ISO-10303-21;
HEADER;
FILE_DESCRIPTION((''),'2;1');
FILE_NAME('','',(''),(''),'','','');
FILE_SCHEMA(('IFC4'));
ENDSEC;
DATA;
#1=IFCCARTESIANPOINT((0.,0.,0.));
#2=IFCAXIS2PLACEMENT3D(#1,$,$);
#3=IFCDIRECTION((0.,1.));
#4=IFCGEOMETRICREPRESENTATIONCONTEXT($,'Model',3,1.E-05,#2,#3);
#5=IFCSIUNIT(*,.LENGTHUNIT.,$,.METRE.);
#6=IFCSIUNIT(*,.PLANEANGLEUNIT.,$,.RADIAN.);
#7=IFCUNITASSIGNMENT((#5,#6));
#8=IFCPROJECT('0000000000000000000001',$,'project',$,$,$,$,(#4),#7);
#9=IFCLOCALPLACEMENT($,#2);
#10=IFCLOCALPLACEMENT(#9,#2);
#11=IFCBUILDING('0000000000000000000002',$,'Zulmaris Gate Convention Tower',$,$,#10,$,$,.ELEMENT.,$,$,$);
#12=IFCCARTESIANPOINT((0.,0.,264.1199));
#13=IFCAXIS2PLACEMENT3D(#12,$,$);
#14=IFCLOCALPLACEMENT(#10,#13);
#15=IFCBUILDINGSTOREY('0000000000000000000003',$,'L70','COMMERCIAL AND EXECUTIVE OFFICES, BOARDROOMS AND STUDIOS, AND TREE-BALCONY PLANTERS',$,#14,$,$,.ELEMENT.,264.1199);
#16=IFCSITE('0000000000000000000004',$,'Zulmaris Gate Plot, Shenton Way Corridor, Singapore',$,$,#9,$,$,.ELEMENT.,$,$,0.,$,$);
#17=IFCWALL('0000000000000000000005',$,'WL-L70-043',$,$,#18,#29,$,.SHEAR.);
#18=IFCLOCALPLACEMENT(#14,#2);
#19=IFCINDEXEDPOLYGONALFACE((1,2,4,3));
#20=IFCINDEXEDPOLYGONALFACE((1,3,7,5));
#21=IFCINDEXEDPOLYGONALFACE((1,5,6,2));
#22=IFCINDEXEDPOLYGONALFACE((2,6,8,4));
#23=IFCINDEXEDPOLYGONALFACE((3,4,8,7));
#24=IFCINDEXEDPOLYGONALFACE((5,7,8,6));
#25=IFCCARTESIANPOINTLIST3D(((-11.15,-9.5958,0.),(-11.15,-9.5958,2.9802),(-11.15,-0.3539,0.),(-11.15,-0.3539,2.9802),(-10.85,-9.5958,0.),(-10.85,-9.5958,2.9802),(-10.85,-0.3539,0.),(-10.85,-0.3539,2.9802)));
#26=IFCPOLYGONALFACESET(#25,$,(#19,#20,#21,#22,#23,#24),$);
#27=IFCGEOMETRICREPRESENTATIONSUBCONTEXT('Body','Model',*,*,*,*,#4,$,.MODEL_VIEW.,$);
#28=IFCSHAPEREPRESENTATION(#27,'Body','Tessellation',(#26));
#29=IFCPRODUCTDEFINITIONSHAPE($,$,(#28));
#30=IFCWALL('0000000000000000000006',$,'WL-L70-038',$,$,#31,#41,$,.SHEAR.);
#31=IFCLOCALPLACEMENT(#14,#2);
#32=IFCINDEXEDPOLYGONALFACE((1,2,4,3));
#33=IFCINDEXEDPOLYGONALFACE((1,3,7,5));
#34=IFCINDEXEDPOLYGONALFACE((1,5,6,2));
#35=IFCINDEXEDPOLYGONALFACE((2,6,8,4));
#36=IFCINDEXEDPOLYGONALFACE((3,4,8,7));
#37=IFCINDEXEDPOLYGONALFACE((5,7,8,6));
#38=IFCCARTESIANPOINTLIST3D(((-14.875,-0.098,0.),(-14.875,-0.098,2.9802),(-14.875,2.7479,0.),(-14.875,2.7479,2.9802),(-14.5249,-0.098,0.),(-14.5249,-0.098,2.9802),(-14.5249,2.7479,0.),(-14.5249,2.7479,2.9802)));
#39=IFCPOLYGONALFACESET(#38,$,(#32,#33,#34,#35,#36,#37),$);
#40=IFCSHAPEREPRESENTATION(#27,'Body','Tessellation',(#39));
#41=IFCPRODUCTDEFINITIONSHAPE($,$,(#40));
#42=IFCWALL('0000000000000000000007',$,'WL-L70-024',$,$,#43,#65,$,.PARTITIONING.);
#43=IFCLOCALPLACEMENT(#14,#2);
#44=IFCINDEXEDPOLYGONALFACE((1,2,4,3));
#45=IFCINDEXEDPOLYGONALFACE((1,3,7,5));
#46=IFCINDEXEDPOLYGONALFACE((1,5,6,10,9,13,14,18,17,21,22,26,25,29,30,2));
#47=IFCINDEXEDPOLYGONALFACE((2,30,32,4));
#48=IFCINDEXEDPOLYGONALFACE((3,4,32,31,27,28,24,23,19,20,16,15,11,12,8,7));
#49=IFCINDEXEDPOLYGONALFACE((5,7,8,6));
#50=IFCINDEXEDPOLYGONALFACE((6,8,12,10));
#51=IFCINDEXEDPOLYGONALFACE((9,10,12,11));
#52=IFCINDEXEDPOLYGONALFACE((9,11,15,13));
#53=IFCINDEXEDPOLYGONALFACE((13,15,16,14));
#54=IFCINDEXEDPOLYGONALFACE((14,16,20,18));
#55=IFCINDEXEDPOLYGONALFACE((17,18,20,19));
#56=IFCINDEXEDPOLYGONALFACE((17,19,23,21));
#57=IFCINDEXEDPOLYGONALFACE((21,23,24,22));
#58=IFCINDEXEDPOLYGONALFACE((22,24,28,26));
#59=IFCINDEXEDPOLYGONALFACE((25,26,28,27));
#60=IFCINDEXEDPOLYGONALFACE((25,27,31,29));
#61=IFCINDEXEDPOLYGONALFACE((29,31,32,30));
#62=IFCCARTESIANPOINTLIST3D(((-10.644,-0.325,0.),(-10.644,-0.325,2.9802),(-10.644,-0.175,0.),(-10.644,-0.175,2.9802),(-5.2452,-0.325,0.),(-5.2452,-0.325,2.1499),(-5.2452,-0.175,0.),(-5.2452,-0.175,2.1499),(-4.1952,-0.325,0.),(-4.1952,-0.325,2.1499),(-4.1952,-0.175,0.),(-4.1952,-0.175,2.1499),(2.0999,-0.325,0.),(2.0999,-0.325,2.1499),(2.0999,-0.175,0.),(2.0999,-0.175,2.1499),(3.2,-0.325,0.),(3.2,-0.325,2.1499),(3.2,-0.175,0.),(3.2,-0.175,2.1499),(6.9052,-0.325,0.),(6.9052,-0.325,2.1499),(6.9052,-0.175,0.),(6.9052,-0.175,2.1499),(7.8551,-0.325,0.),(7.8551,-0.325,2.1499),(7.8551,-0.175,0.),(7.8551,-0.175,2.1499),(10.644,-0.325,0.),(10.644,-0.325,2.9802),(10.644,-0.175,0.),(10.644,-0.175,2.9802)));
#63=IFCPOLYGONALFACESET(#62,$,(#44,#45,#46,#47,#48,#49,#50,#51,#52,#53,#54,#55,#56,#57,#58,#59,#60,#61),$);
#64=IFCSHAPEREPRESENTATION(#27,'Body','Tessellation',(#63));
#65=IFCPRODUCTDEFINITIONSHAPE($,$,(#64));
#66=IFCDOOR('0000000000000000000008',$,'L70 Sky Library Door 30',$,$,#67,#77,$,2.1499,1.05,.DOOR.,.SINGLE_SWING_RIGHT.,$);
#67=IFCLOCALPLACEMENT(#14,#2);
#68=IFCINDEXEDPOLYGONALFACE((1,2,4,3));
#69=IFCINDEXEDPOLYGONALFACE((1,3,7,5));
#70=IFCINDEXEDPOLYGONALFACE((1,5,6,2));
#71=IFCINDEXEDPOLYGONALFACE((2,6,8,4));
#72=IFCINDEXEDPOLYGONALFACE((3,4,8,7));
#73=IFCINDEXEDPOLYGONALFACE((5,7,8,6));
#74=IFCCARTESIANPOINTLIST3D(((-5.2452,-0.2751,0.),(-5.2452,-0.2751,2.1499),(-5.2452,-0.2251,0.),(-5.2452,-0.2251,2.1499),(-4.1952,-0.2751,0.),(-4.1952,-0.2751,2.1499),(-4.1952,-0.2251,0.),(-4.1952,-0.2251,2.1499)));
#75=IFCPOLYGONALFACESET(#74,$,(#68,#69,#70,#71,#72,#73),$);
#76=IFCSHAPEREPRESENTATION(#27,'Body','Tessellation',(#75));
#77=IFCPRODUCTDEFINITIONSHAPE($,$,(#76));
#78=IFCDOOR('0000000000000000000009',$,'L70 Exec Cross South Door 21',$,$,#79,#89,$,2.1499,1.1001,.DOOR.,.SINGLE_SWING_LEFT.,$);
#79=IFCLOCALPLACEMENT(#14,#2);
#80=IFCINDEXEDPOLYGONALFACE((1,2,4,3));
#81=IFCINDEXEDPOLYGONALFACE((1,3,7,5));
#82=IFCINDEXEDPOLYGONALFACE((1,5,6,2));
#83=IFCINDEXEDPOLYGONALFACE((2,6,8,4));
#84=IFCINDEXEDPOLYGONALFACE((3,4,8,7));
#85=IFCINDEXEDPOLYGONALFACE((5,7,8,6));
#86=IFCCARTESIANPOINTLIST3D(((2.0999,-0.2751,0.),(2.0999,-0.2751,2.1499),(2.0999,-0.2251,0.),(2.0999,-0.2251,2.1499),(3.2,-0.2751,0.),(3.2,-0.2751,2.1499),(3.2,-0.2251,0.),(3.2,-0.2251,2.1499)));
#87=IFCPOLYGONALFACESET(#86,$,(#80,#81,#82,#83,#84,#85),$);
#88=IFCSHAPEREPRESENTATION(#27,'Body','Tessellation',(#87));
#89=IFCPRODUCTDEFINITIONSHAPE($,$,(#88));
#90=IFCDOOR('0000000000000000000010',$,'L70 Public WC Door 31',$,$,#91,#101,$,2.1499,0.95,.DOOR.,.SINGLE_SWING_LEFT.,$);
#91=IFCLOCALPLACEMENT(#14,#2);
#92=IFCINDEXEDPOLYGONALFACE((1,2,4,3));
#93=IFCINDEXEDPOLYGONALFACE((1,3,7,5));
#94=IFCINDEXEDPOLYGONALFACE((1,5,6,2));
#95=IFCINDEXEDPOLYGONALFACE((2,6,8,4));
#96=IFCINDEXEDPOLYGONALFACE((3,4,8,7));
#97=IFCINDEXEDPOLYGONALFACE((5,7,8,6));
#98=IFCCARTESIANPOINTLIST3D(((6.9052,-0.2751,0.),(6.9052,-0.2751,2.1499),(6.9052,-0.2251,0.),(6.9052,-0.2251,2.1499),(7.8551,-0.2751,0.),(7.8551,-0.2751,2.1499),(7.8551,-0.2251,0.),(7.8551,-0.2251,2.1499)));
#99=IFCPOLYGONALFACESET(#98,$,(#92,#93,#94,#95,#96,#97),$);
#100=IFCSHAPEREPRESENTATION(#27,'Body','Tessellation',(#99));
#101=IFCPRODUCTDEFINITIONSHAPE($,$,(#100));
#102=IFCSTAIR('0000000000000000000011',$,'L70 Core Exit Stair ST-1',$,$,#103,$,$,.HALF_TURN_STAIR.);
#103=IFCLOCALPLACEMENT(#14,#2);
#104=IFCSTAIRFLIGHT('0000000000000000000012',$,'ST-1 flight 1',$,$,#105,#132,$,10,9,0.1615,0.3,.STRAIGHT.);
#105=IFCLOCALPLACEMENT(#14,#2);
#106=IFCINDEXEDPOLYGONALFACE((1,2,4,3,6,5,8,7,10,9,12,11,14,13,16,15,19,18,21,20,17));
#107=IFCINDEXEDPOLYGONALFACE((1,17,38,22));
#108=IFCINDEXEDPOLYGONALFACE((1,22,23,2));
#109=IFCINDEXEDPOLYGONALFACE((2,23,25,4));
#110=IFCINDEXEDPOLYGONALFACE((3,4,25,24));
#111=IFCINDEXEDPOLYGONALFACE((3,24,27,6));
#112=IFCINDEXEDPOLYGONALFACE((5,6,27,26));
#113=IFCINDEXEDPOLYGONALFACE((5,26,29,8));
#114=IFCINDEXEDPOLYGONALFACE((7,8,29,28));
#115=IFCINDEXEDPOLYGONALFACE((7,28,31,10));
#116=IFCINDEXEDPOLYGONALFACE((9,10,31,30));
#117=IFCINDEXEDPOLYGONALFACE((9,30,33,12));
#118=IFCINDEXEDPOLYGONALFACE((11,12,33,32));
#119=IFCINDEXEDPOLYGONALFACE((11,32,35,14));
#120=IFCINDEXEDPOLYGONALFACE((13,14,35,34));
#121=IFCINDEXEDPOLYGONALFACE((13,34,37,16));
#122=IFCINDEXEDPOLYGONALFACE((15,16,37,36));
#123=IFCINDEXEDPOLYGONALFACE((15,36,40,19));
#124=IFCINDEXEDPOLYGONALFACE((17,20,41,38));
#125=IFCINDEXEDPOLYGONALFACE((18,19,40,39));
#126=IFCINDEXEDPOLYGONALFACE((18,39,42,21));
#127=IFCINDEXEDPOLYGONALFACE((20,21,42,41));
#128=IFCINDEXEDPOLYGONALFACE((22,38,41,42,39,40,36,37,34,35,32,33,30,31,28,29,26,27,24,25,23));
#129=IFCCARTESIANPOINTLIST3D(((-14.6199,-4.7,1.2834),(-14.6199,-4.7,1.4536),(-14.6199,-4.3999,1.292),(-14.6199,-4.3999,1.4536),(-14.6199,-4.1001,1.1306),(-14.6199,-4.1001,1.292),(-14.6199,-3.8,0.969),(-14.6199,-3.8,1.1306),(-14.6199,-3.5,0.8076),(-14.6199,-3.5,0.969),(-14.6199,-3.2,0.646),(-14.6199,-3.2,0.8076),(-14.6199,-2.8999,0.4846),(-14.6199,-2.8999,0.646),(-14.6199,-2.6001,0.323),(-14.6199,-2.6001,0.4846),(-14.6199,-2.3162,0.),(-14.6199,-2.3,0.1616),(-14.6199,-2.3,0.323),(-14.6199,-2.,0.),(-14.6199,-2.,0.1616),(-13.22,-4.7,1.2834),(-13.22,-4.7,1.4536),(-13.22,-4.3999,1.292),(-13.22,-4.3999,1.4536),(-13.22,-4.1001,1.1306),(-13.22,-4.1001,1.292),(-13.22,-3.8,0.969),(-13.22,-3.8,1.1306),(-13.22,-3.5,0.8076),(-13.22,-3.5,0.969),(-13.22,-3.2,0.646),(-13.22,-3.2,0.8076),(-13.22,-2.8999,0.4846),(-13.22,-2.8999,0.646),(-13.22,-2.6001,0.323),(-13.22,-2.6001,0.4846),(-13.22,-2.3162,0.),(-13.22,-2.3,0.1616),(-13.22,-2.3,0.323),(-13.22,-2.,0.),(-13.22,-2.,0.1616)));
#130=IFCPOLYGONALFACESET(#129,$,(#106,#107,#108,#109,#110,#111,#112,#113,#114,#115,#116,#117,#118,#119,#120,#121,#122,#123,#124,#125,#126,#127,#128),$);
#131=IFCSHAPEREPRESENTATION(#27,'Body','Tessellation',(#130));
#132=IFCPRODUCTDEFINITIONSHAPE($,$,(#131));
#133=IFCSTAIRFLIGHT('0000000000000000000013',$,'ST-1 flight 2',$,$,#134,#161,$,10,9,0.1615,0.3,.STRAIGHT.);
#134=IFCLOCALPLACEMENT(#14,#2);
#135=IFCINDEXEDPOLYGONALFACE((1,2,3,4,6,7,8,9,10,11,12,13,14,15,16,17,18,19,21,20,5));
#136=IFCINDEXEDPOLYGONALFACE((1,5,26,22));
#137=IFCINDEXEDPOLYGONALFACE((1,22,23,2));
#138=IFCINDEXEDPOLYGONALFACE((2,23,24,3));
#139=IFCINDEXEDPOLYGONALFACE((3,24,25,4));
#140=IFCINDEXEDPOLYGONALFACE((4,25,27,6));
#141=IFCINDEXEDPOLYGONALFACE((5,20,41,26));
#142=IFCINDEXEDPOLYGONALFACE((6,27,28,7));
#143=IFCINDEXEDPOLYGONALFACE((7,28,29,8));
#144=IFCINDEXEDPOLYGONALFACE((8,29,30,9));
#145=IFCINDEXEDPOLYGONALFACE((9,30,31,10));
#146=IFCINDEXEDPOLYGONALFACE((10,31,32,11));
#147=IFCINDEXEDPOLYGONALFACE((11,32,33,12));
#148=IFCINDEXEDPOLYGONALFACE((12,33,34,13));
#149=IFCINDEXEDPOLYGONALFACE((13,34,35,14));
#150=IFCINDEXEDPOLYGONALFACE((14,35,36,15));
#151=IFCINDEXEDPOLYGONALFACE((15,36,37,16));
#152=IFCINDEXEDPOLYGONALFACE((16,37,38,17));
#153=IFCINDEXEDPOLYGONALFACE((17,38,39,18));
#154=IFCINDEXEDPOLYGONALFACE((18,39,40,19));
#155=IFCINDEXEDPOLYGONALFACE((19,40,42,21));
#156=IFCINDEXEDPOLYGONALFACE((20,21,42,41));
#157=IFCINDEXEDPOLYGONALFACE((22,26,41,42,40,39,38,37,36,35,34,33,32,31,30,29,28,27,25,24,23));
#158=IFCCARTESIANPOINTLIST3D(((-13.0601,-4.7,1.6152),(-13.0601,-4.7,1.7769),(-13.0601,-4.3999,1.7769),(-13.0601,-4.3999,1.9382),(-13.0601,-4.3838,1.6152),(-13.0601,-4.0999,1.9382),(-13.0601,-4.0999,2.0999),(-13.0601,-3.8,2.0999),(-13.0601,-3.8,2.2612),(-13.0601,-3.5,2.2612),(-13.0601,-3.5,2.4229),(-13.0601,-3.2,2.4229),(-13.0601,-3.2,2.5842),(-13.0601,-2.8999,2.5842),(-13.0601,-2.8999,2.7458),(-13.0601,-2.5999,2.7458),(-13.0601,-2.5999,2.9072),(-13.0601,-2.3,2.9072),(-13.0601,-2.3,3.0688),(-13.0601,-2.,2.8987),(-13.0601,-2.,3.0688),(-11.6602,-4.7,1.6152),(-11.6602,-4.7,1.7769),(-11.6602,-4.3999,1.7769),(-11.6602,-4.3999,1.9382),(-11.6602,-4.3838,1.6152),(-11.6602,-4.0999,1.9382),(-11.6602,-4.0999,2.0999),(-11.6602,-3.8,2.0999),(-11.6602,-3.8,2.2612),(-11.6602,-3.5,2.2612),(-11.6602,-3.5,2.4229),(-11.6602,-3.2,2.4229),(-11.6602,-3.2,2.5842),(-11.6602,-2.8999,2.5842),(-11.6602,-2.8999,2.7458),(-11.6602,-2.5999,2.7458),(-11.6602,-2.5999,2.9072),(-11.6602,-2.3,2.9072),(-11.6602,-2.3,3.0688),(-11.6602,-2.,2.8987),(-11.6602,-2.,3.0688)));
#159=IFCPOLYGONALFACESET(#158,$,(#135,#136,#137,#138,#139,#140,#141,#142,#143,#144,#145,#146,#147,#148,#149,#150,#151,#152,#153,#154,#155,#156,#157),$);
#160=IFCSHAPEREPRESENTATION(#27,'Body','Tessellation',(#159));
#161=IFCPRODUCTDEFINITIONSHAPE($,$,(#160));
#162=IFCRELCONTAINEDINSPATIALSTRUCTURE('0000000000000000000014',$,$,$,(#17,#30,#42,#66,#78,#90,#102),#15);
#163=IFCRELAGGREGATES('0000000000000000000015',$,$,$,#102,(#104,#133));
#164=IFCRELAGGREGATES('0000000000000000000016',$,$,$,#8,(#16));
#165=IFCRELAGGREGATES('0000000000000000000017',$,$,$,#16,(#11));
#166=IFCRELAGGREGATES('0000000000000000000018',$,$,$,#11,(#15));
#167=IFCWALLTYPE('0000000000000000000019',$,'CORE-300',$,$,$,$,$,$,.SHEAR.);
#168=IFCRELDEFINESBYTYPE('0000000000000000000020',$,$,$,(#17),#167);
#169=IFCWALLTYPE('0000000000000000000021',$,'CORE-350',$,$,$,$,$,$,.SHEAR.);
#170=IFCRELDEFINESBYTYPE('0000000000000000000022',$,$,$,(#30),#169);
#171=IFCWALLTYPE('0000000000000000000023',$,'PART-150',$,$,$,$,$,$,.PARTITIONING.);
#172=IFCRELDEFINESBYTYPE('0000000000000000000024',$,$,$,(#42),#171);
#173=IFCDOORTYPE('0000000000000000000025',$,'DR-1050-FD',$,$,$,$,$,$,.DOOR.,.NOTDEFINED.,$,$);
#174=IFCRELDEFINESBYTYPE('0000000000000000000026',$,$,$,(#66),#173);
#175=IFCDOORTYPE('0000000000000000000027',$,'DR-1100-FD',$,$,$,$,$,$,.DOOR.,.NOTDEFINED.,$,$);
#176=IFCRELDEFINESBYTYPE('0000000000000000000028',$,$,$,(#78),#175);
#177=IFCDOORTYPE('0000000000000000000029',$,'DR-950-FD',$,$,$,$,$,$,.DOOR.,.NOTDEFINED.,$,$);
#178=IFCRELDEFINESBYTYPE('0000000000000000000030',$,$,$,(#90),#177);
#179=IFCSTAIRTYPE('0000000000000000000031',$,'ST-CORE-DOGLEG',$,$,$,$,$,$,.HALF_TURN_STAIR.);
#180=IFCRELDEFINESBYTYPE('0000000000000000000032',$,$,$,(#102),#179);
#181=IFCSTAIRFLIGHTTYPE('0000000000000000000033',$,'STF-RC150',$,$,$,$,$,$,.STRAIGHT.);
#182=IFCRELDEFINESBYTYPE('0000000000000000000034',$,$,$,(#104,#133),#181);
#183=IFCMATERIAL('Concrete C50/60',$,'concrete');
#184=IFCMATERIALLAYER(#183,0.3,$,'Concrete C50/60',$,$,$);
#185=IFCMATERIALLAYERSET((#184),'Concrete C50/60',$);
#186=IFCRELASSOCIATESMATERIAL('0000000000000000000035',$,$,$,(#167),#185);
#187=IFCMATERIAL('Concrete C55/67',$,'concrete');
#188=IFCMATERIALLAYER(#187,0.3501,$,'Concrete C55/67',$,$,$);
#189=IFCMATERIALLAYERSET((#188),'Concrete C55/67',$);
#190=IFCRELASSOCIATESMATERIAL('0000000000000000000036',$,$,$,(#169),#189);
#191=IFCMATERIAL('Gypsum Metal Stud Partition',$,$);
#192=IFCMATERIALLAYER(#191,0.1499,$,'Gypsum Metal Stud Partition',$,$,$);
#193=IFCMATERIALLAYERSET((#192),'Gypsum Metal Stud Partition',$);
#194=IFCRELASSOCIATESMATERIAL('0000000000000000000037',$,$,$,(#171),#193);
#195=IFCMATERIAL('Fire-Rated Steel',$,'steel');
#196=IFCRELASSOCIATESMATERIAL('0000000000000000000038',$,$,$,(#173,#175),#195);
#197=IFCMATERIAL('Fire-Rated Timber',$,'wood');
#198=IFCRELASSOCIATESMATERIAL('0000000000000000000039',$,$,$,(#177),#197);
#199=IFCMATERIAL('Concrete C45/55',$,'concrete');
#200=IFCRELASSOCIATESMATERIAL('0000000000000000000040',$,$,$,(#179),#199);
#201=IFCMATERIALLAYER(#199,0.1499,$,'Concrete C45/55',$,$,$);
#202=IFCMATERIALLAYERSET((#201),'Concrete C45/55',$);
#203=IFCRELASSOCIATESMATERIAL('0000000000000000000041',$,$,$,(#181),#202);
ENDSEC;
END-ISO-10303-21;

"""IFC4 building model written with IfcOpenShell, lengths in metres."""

from ifc_helpers import new_model, si_unit, direction, frame, frame_2d, origin, place, context, subcontext, project, spatial, polyline, rectangle, outline, extrude, material, layer, layer_set, type_object, element, fill, aggregate, save


model = new_model("IFC4")

# Units and contexts
model_context = context("Model", 3, precision=1e-05, world=origin(), true_north=direction((0.0, 1.0)))
body_context = subcontext(model_context, "Body", "Model", "MODEL_VIEW")
ifc_project = project(units=[si_unit("LENGTHUNIT", "METRE"), si_unit("PLANEANGLEUNIT", "RADIAN")], contexts=[model_context])

# Site, building, storey
site_placement = place(None, origin())
site = spatial("IfcSite", under=ifc_project, at=site_placement, Name="Zulmaris Gate Plot, Shenton Way Corridor, Singapore", CompositionType="ELEMENT", RefElevation=0.0)
building_placement = place(site_placement, origin())
building = spatial("IfcBuilding", under=site, at=building_placement, Name="Zulmaris Gate Convention Tower", CompositionType="ELEMENT")
storey_placement = place(building_placement, frame((0.0, 0.0, 264.1199)))
storey = spatial("IfcBuildingStorey", under=building, at=storey_placement, Name="L70", Description="COMMERCIAL AND EXECUTIVE OFFICES, BOARDROOMS AND STUDIOS, AND TREE-BALCONY PLANTERS", CompositionType="ELEMENT", Elevation=264.1199)

# Shared definitions
ifc_material_1 = material(Name="Concrete C50/60", Category="concrete")

# Walls
ifc_layer_1 = layer(ifc_material_1, 0.3, Name="Concrete C50/60")
ifc_layer_set_1 = layer_set([ifc_layer_1], Name="Concrete C50/60")
wall_type_1 = type_object("IfcWallType", Name="CORE-300", PredefinedType="SHEAR", material=ifc_layer_set_1)
wall_1_placement = place(storey_placement, frame((-11.0, -9.5959, 0.0), z_axis=(0.0, 0.0, 1.0), x_axis=(0.0, 1.0, 0.0)))
element("IfcWall", 1, at=wall_1_placement, inside=storey, type_object=wall_type_1, Name="WL-L70-043", PredefinedType="SHEAR", context=body_context, shape_type="SweptSolid", body=[
    extrude(rectangle(XDim=9.2419, YDim=0.3, at=frame_2d((4.6211, 0.0))), origin(), (0.0, 0.0, 1.0), 2.9802),
])
ifc_material_2 = material(Name="Concrete C55/67", Category="concrete")
ifc_layer_2 = layer(ifc_material_2, 0.3501, Name="Concrete C55/67")
ifc_layer_set_2 = layer_set([ifc_layer_2], Name="Concrete C55/67")
wall_type_2 = type_object("IfcWallType", Name="CORE-350", PredefinedType="SHEAR", material=ifc_layer_set_2)
wall_2_placement = place(storey_placement, frame((-14.7, -0.0979, 0.0), z_axis=(0.0, 0.0, 1.0), x_axis=(0.0, 1.0, 0.0)))
element("IfcWall", 2, at=wall_2_placement, inside=storey, type_object=wall_type_2, Name="WL-L70-038", PredefinedType="SHEAR", context=body_context, shape_type="SweptSolid", body=[
    extrude(rectangle(XDim=2.8459, YDim=0.3501, at=frame_2d((1.4229, 0.0))), origin(), (0.0, 0.0, 1.0), 2.9802),
])

# Wall, openings, doors
ifc_material_3 = material(Name="Gypsum Metal Stud Partition")
ifc_layer_3 = layer(ifc_material_3, 0.1499, Name="Gypsum Metal Stud Partition")
ifc_layer_set_3 = layer_set([ifc_layer_3], Name="Gypsum Metal Stud Partition")
wall_type_3 = type_object("IfcWallType", Name="PART-150", PredefinedType="PARTITIONING", material=ifc_layer_set_3)
wall_3_placement = place(storey_placement, frame((-10.644, -0.25, 0.0), z_axis=(0.0, 0.0, 1.0), x_axis=(1.0, 0.0, 0.0)))
wall_3 = element("IfcWall", 3, at=wall_3_placement, inside=storey, type_object=wall_type_3, Name="WL-L70-024", PredefinedType="PARTITIONING", context=body_context, shape_type="SweptSolid", body=[
    extrude(rectangle(XDim=21.2881, YDim=0.1499, at=frame_2d((10.644, 0.0))), origin(), (0.0, 0.0, 1.0), 2.9802),
])
opening_1_placement = place(wall_3_placement, frame((12.7439, 0.0, 0.0)))
opening_1 = element("IfcOpeningElement", 4, at=opening_1_placement, cuts=wall_3, PredefinedType="OPENING", context=body_context, shape_type="SweptSolid", body=[
    extrude(rectangle(XDim=1.1001, YDim=2.1499, at=frame_2d((0.55, 1.075))), frame((0.0, 0.085, 0.0), z_axis=(0.0, -1.0, 0.0), x_axis=(1.0, 0.0, 0.0)), (0.0, 0.0, 1.0), 0.1699),
])
opening_2_placement = place(wall_3_placement, frame((5.3989, 0.0, 0.0)))
opening_2 = element("IfcOpeningElement", 5, at=opening_2_placement, cuts=wall_3, PredefinedType="OPENING", context=body_context, shape_type="SweptSolid", body=[
    extrude(rectangle(XDim=1.05, YDim=2.1499, at=frame_2d((0.5249, 1.075))), frame((0.0, 0.085, 0.0), z_axis=(0.0, -1.0, 0.0), x_axis=(1.0, 0.0, 0.0)), (0.0, 0.0, 1.0), 0.1699),
])
opening_3_placement = place(wall_3_placement, frame((17.5491, 0.0, 0.0)))
opening_3 = element("IfcOpeningElement", 6, at=opening_3_placement, cuts=wall_3, PredefinedType="OPENING", context=body_context, shape_type="SweptSolid", body=[
    extrude(rectangle(XDim=0.95, YDim=2.1499, at=frame_2d((0.4751, 1.075))), frame((0.0, 0.085, 0.0), z_axis=(0.0, -1.0, 0.0), x_axis=(1.0, 0.0, 0.0)), (0.0, 0.0, 1.0), 0.1699),
])
ifc_material_4 = material(Name="Fire-Rated Steel", Category="steel")
door_type_1 = type_object("IfcDoorType", Name="DR-1050-FD", OperationType="NOTDEFINED", PredefinedType="DOOR", material=ifc_material_4)
door_1_placement = place(opening_2_placement, origin())
door_1 = element("IfcDoor", 7, at=door_1_placement, inside=storey, type_object=door_type_1, Name="L70 Sky Library Door 30", OperationType="SINGLE_SWING_RIGHT", OverallHeight=2.1499, OverallWidth=1.05, PredefinedType="DOOR", context=body_context, shape_type="SweptSolid", body=[
    extrude(rectangle(XDim=1.05, YDim=2.1499, at=frame_2d((0.5249, 1.075))), frame((0.0, 0.0249, 0.0), z_axis=(0.0, -1.0, 0.0), x_axis=(1.0, 0.0, 0.0)), (0.0, 0.0, 1.0), 0.05),
])
fill(opening_2, door_1)
door_type_2 = type_object("IfcDoorType", Name="DR-1100-FD", OperationType="NOTDEFINED", PredefinedType="DOOR", material=ifc_material_4)
door_2_placement = place(opening_1_placement, origin())
door_2 = element("IfcDoor", 8, at=door_2_placement, inside=storey, type_object=door_type_2, Name="L70 Exec Cross South Door 21", OperationType="SINGLE_SWING_LEFT", OverallHeight=2.1499, OverallWidth=1.1001, PredefinedType="DOOR", context=body_context, shape_type="SweptSolid", body=[
    extrude(rectangle(XDim=1.1001, YDim=2.1499, at=frame_2d((0.55, 1.075))), frame((0.0, 0.0249, 0.0), z_axis=(0.0, -1.0, 0.0), x_axis=(1.0, 0.0, 0.0)), (0.0, 0.0, 1.0), 0.05),
])
fill(opening_1, door_2)
ifc_material_5 = material(Name="Fire-Rated Timber", Category="wood")
door_type_3 = type_object("IfcDoorType", Name="DR-950-FD", OperationType="NOTDEFINED", PredefinedType="DOOR", material=ifc_material_5)
door_3_placement = place(opening_3_placement, origin())
door_3 = element("IfcDoor", 9, at=door_3_placement, inside=storey, type_object=door_type_3, Name="L70 Public WC Door 31", OperationType="SINGLE_SWING_LEFT", OverallHeight=2.1499, OverallWidth=0.95, PredefinedType="DOOR", context=body_context, shape_type="SweptSolid", body=[
    extrude(rectangle(XDim=0.95, YDim=2.1499, at=frame_2d((0.4751, 1.075))), frame((0.0, 0.0249, 0.0), z_axis=(0.0, -1.0, 0.0), x_axis=(1.0, 0.0, 0.0)), (0.0, 0.0, 1.0), 0.05),
])
fill(opening_3, door_3)

# Stair, stair flights
ifc_material_6 = material(Name="Concrete C45/55", Category="concrete")
stair_type = type_object("IfcStairType", Name="ST-CORE-DOGLEG", PredefinedType="HALF_TURN_STAIR", material=ifc_material_6)
stair_1_placement = place(storey_placement, origin())
stair_1 = element("IfcStair", 10, at=stair_1_placement, inside=storey, type_object=stair_type, Name="L70 Core Exit Stair ST-1", PredefinedType="HALF_TURN_STAIR")
ifc_layer_4 = layer(ifc_material_6, 0.1499, Name="Concrete C45/55")
ifc_layer_set_4 = layer_set([ifc_layer_4], Name="Concrete C45/55")
stair_flight_type = type_object("IfcStairFlightType", Name="STF-RC150", PredefinedType="STRAIGHT", material=ifc_layer_set_4)
stair_flight_1_placement = place(storey_placement, frame((-13.9199, -2.0, 0.0), z_axis=(0.0, 0.0, 1.0), x_axis=(0.0, -1.0, 0.0)))
stair_flight_1 = element("IfcStairFlight", 11, at=stair_flight_1_placement, type_object=stair_flight_type, Name="ST-1 flight 1", NumberOfRisers=10, NumberOfTreads=9, PredefinedType="STRAIGHT", RiserHeight=0.1615, TreadLength=0.3, context=body_context, shape_type="SweptSolid", body=[
    extrude(outline(polyline([(0.0, 0.0), (0.0, 0.1616), (0.3, 0.1616), (0.3, 0.323), (0.6001, 0.323), (0.6001, 0.4846), (0.8999, 0.4846), (0.8999, 0.646), (1.2, 0.646), (1.2, 0.8076), (1.5, 0.8076), (1.5, 0.969), (1.8, 0.969), (1.8, 1.1306), (2.1001, 1.1306), (2.1001, 1.292), (2.3999, 1.292), (2.3999, 1.4536), (2.7, 1.4536), (2.7, 1.615), (2.7, 1.2834), (0.3162, 0.0), (0.0, 0.0)])), frame((0.0, 0.7, 0.0), z_axis=(0.0, -1.0, 0.0), x_axis=(1.0, 0.0, 0.0)), (0.0, 0.0, 1.0), 1.3999),
])
stair_flight_2_placement = place(storey_placement, frame((-12.3601, -4.7, 1.6152), z_axis=(0.0, 0.0, 1.0), x_axis=(0.0, 1.0, 0.0)))
stair_flight_2 = element("IfcStairFlight", 12, at=stair_flight_2_placement, type_object=stair_flight_type, Name="ST-1 flight 2", NumberOfRisers=10, NumberOfTreads=9, PredefinedType="STRAIGHT", RiserHeight=0.1615, TreadLength=0.3, context=body_context, shape_type="SweptSolid", body=[
    extrude(outline(polyline([(0.0, 0.0), (0.0, 0.1616), (0.3, 0.1616), (0.3, 0.323), (0.6001, 0.323), (0.6001, 0.4846), (0.8999, 0.4846), (0.8999, 0.646), (1.2, 0.646), (1.2, 0.8076), (1.5, 0.8076), (1.5, 0.969), (1.8, 0.969), (1.8, 1.1306), (2.1001, 1.1306), (2.1001, 1.292), (2.3999, 1.292), (2.3999, 1.4536), (2.7, 1.4536), (2.7, 1.615), (2.7, 1.2834), (0.3162, 0.0), (0.0, 0.0)])), frame((0.0, 0.7, 0.0), z_axis=(0.0, -1.0, 0.0), x_axis=(1.0, 0.0, 0.0)), (0.0, 0.0, 1.0), 1.3999),
])
aggregate(stair_1, [stair_flight_1, stair_flight_2])

save(model, "model.ifc")
